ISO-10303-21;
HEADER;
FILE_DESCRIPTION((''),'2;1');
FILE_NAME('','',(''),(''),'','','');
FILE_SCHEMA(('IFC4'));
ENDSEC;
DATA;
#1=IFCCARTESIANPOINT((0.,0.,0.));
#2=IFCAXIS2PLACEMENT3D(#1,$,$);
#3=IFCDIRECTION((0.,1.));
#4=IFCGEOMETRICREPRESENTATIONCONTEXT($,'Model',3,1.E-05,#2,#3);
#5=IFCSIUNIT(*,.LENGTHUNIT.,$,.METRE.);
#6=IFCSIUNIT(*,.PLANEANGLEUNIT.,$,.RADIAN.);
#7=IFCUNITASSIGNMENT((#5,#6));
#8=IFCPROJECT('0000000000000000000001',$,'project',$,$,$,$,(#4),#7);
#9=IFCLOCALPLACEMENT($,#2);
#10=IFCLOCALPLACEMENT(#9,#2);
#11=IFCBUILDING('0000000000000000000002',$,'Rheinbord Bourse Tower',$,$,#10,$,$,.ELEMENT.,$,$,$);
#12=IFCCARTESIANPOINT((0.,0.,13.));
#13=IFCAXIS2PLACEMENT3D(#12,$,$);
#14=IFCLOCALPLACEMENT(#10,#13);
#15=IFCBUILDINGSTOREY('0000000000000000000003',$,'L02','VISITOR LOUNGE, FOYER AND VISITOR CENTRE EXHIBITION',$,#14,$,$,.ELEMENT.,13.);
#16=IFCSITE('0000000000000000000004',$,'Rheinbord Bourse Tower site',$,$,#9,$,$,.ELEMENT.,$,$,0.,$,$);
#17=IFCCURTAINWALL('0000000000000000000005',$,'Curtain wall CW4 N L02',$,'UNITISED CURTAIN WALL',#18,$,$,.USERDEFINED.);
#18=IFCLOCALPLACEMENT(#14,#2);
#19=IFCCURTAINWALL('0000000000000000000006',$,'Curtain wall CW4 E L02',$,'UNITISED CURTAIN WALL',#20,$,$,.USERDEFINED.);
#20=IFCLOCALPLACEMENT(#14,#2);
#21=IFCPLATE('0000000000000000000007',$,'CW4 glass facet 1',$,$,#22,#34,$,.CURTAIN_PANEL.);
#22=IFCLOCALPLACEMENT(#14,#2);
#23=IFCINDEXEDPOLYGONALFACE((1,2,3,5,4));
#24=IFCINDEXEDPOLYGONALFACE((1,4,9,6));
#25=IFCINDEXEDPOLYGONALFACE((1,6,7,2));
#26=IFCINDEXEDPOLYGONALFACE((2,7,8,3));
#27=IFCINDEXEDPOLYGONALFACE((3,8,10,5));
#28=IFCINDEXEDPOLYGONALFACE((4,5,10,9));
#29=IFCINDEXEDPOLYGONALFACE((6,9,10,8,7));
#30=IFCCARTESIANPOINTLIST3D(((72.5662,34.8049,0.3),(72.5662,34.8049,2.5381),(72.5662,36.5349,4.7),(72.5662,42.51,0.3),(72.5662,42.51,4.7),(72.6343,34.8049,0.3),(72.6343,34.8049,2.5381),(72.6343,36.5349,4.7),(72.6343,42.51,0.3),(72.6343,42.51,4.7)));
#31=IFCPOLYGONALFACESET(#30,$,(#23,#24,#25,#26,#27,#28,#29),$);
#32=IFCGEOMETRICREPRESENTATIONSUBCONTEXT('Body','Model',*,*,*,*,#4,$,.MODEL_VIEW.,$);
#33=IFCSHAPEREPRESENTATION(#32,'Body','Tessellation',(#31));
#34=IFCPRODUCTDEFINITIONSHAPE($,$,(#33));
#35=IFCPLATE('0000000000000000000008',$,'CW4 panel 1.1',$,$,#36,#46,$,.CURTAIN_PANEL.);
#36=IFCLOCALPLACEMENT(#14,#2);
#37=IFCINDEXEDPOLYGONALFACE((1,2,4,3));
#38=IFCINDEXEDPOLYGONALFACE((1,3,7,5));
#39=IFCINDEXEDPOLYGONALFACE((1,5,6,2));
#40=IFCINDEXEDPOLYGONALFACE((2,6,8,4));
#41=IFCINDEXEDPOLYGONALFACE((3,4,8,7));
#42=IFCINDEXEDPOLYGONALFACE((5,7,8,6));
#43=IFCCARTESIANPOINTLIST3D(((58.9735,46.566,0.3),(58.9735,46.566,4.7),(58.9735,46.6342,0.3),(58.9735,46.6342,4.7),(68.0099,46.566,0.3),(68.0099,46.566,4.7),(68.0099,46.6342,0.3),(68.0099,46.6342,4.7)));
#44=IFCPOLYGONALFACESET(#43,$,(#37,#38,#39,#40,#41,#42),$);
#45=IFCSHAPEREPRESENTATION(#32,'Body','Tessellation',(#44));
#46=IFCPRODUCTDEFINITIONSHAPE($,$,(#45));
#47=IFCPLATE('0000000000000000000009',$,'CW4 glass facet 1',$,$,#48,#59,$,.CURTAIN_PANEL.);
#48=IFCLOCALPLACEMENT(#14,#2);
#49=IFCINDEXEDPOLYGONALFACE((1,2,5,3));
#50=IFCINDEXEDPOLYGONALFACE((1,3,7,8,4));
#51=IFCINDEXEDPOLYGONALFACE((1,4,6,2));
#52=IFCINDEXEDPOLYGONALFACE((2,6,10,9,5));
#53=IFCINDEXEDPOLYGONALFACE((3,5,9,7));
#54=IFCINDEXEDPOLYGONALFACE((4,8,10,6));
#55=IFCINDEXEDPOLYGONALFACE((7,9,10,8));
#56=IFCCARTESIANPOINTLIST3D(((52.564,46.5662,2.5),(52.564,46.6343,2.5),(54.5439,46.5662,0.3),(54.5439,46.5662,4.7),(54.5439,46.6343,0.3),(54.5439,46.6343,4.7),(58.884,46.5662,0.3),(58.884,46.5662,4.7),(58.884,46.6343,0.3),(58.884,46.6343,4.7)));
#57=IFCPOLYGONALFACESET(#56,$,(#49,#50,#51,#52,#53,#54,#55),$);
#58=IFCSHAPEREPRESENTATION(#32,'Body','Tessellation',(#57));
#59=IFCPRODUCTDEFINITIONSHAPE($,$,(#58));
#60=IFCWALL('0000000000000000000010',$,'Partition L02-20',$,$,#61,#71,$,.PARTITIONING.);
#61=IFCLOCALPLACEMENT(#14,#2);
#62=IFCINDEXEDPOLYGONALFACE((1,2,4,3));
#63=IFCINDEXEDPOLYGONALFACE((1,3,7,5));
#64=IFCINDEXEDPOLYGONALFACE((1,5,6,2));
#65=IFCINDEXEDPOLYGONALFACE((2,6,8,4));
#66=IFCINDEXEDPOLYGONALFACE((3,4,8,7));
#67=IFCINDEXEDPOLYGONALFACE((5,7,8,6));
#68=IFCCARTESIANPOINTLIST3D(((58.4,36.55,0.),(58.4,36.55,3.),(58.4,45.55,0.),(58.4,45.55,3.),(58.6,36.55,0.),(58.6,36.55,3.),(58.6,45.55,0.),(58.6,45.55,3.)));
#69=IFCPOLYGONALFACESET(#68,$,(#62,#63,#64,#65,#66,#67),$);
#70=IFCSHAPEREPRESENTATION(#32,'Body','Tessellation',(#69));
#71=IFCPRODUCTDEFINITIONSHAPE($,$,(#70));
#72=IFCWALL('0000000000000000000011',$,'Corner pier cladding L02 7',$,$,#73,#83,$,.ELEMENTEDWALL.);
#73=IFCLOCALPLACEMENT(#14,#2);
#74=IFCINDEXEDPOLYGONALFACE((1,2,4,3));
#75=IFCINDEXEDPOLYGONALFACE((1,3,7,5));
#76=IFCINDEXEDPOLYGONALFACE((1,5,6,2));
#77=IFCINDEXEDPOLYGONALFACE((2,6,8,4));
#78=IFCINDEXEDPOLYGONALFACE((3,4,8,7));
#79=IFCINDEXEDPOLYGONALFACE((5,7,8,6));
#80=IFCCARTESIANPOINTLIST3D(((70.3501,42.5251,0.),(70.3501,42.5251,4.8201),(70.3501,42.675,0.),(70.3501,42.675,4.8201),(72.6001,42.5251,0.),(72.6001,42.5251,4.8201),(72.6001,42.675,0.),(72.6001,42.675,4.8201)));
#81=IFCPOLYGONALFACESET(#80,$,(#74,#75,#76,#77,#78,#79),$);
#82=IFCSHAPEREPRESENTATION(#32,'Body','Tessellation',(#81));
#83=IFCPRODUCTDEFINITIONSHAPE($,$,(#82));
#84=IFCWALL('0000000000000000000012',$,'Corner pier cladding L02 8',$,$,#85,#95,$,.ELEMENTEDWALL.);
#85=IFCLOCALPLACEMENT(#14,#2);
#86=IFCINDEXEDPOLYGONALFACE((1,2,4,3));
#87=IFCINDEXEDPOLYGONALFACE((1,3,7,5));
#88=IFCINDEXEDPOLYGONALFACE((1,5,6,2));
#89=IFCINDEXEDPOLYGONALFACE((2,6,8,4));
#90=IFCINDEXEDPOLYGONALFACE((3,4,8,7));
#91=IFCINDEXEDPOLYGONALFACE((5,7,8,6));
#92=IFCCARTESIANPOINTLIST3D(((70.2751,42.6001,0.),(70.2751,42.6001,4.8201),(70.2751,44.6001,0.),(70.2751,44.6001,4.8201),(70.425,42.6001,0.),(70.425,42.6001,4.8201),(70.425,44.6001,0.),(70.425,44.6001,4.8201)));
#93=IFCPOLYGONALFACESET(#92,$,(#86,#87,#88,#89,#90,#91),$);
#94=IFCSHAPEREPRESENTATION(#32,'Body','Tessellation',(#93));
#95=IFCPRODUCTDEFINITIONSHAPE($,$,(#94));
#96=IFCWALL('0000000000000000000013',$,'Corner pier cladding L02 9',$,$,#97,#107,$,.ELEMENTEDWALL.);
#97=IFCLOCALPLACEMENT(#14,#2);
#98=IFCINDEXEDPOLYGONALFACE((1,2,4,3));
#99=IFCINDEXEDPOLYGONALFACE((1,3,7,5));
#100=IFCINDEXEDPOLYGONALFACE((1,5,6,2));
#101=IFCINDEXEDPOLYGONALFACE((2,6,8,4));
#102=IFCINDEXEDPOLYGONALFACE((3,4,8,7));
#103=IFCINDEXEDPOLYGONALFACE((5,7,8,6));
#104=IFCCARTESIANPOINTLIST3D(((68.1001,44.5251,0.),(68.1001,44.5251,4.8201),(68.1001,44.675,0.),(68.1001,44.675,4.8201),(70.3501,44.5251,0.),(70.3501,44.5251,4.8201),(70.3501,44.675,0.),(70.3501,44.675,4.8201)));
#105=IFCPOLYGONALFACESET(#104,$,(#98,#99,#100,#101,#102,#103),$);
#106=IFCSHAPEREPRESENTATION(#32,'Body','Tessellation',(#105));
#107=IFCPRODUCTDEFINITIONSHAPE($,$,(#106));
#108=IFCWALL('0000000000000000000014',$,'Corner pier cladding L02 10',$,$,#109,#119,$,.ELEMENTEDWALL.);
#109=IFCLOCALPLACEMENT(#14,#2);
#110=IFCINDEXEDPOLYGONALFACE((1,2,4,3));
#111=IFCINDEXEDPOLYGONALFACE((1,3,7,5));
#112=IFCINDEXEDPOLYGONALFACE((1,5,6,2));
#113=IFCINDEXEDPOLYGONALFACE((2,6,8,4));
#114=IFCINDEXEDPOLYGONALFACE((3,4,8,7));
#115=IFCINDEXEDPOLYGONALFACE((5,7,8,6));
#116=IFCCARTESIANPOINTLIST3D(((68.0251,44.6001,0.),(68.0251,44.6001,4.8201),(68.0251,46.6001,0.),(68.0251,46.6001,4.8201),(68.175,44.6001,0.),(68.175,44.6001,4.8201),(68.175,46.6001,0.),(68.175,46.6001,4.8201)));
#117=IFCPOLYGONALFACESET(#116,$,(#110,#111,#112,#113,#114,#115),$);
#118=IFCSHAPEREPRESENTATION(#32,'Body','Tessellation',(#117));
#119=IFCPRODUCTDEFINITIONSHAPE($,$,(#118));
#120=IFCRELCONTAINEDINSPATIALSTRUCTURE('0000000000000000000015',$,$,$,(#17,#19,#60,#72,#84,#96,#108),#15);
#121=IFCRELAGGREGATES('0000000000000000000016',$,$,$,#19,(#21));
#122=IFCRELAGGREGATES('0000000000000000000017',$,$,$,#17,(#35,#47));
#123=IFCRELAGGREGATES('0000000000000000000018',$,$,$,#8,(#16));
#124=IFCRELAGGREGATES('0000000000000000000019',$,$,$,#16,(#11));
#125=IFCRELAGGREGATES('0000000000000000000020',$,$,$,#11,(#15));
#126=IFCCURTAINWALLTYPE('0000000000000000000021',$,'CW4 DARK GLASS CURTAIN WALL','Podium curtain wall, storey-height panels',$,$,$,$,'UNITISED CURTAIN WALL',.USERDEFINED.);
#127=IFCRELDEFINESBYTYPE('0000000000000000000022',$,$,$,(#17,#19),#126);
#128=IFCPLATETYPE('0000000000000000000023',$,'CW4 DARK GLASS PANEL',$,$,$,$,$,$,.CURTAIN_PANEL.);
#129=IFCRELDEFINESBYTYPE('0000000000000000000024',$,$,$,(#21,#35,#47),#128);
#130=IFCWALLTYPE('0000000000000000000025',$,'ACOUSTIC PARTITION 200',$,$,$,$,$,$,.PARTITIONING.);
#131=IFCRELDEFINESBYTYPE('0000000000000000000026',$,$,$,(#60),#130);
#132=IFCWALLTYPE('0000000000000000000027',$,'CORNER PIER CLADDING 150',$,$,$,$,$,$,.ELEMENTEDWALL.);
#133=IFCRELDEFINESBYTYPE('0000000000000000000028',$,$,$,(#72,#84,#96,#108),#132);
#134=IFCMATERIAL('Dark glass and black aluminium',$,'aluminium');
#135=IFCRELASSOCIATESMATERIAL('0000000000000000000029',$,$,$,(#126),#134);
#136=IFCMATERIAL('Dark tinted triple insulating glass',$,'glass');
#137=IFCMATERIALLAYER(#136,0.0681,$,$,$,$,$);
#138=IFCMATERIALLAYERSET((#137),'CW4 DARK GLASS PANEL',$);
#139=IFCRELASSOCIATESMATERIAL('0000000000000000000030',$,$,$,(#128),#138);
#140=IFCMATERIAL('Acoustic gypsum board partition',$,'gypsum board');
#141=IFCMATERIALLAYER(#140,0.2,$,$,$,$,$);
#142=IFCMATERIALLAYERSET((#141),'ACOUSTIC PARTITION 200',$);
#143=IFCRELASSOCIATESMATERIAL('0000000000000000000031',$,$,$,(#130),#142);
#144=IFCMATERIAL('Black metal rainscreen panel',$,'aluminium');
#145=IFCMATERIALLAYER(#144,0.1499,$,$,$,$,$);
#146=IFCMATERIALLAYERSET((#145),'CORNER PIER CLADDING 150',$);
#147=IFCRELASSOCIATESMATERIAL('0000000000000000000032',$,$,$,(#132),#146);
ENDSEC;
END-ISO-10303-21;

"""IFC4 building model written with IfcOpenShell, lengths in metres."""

from ifc_helpers import new_model, si_unit, direction, frame, frame_2d, origin, origin_2d, place, context, subcontext, project, spatial, polyline, rectangle, outline, extrude, material, layer, layer_set, type_object, element, aggregate, save


model = new_model("IFC4")

# Units and contexts
model_context = context("Model", 3, precision=1e-05, world=origin(), true_north=direction((0.0, 1.0)))
body_context = subcontext(model_context, "Body", "Model", "MODEL_VIEW")
ifc_project = project(units=[si_unit("LENGTHUNIT", "METRE"), si_unit("PLANEANGLEUNIT", "RADIAN")], contexts=[model_context])

# Site, building, storey
site_placement = place(None, origin())
site = spatial("IfcSite", under=ifc_project, at=site_placement, Name="Rheinbord Bourse Tower site", CompositionType="ELEMENT", RefElevation=0.0)
building_placement = place(site_placement, origin())
building = spatial("IfcBuilding", under=site, at=building_placement, Name="Rheinbord Bourse Tower", CompositionType="ELEMENT")
storey_placement = place(building_placement, frame((0.0, 0.0, 13.0)))
storey = spatial("IfcBuildingStorey", under=building, at=storey_placement, Name="L02", Description="VISITOR LOUNGE, FOYER AND VISITOR CENTRE EXHIBITION", CompositionType="ELEMENT", Elevation=13.0)

# Curtain walls
ifc_material_1 = material(Name="Dark glass and black aluminium", Category="aluminium")
curtain_wall_type = type_object("IfcCurtainWallType", Name="CW4 DARK GLASS CURTAIN WALL", Description="Podium curtain wall, storey-height panels", ElementType="UNITISED CURTAIN WALL", PredefinedType="USERDEFINED", material=ifc_material_1)
curtain_wall_1_placement = place(storey_placement, origin())
curtain_wall_1 = element("IfcCurtainWall", 1, at=curtain_wall_1_placement, inside=storey, type_object=curtain_wall_type, Name="Curtain wall CW4 N L02", ObjectType="UNITISED CURTAIN WALL", PredefinedType="USERDEFINED")
curtain_wall_2_placement = place(storey_placement, origin())
curtain_wall_2 = element("IfcCurtainWall", 2, at=curtain_wall_2_placement, inside=storey, type_object=curtain_wall_type, Name="Curtain wall CW4 E L02", ObjectType="UNITISED CURTAIN WALL", PredefinedType="USERDEFINED")

# Plates
ifc_material_2 = material(Name="Dark tinted triple insulating glass", Category="glass")
ifc_layer_1 = layer(ifc_material_2, 0.0681)
ifc_layer_set_1 = layer_set([ifc_layer_1], Name="CW4 DARK GLASS PANEL")
plate_type = type_object("IfcPlateType", Name="CW4 DARK GLASS PANEL", PredefinedType="CURTAIN_PANEL", material=ifc_layer_set_1)
plate_1_placement = place(storey_placement, frame((72.6343, 42.51, 4.7), z_axis=(-1.0, 0.0, 0.0), x_axis=(0.0, 0.0, -1.0)))
plate_1 = element("IfcPlate", 3, at=plate_1_placement, type_object=plate_type, Name="CW4 glass facet 1", PredefinedType="CURTAIN_PANEL", context=body_context, shape_type="SweptSolid", body=[
    extrude(outline(polyline([(0.0, 0.0), (4.3999, 0.0), (4.3999, 7.7051), (2.1619, 7.7051), (0.0, 5.9751), (0.0, 0.0)])), origin(), (0.0, 0.0, 1.0), 0.0681),
])
aggregate(curtain_wall_2, [plate_1])
plate_2_placement = place(storey_placement, frame((63.4917, 46.6001, 0.3), z_axis=(0.0, 0.0, 1.0), x_axis=(-1.0, 0.0, 0.0)))
plate_2 = element("IfcPlate", 4, at=plate_2_placement, type_object=plate_type, Name="CW4 panel 1.1", PredefinedType="CURTAIN_PANEL", context=body_context, shape_type="SweptSolid", body=[
    extrude(rectangle(XDim=9.0364, YDim=0.0681, at=origin_2d()), origin(), (0.0, 0.0, 1.0), 4.3999),
])
plate_3_placement = place(storey_placement, frame((58.884, 46.6343, 0.3), z_axis=(0.0, -1.0, 0.0), x_axis=(0.0, 0.0, 1.0)))
plate_3 = element("IfcPlate", 5, at=plate_3_placement, type_object=plate_type, Name="CW4 glass facet 1", PredefinedType="CURTAIN_PANEL", context=body_context, shape_type="SweptSolid", body=[
    extrude(outline(polyline([(0.0, 0.0), (4.3999, 0.0), (4.3999, 4.3401), (2.2, 6.3201), (0.0, 4.3401), (0.0, 0.0)])), origin(), (0.0, 0.0, 1.0), 0.0681),
])
aggregate(curtain_wall_1, [plate_2, plate_3])

# Walls
ifc_material_3 = material(Name="Acoustic gypsum board partition", Category="gypsum board")
ifc_layer_2 = layer(ifc_material_3, 0.2)
ifc_layer_set_2 = layer_set([ifc_layer_2], Name="ACOUSTIC PARTITION 200")
wall_type_1 = type_object("IfcWallType", Name="ACOUSTIC PARTITION 200", PredefinedType="PARTITIONING", material=ifc_layer_set_2)
wall_1_placement = place(storey_placement, frame((58.5, 36.55, 0.0), z_axis=(0.0, 0.0, 1.0), x_axis=(0.0, 1.0, 0.0)))
element("IfcWall", 6, at=wall_1_placement, inside=storey, type_object=wall_type_1, Name="Partition L02-20", PredefinedType="PARTITIONING", context=body_context, shape_type="SweptSolid", body=[
    extrude(rectangle(XDim=9.0, YDim=0.2, at=frame_2d((4.5, 0.0))), origin(), (0.0, 0.0, 1.0), 3.0),
])
ifc_material_4 = material(Name="Black metal rainscreen panel", Category="aluminium")
ifc_layer_3 = layer(ifc_material_4, 0.1499)
ifc_layer_set_3 = layer_set([ifc_layer_3], Name="CORNER PIER CLADDING 150")
wall_type_2 = type_object("IfcWallType", Name="CORNER PIER CLADDING 150", PredefinedType="ELEMENTEDWALL", material=ifc_layer_set_3)
wall_2_placement = place(storey_placement, frame((72.6001, 42.6001, 0.0), z_axis=(0.0, 0.0, 1.0), x_axis=(-1.0, 0.0, 0.0)))
element("IfcWall", 7, at=wall_2_placement, inside=storey, type_object=wall_type_2, Name="Corner pier cladding L02 7", PredefinedType="ELEMENTEDWALL", context=body_context, shape_type="SweptSolid", body=[
    extrude(rectangle(XDim=2.25, YDim=0.1499, at=frame_2d((1.125, 0.0))), origin(), (0.0, 0.0, 1.0), 4.8201),
])
wall_3_placement = place(storey_placement, frame((70.3501, 42.6001, 0.0), z_axis=(0.0, 0.0, 1.0), x_axis=(0.0, 1.0, 0.0)))
element("IfcWall", 8, at=wall_3_placement, inside=storey, type_object=wall_type_2, Name="Corner pier cladding L02 8", PredefinedType="ELEMENTEDWALL", context=body_context, shape_type="SweptSolid", body=[
    extrude(rectangle(XDim=2.0, YDim=0.1499, at=frame_2d((1.0, 0.0))), origin(), (0.0, 0.0, 1.0), 4.8201),
])
wall_4_placement = place(storey_placement, frame((70.3501, 44.6001, 0.0), z_axis=(0.0, 0.0, 1.0), x_axis=(-1.0, 0.0, 0.0)))
element("IfcWall", 9, at=wall_4_placement, inside=storey, type_object=wall_type_2, Name="Corner pier cladding L02 9", PredefinedType="ELEMENTEDWALL", context=body_context, shape_type="SweptSolid", body=[
    extrude(rectangle(XDim=2.25, YDim=0.1499, at=frame_2d((1.125, 0.0))), origin(), (0.0, 0.0, 1.0), 4.8201),
])
wall_5_placement = place(storey_placement, frame((68.1001, 44.6001, 0.0), z_axis=(0.0, 0.0, 1.0), x_axis=(0.0, 1.0, 0.0)))
element("IfcWall", 10, at=wall_5_placement, inside=storey, type_object=wall_type_2, Name="Corner pier cladding L02 10", PredefinedType="ELEMENTEDWALL", context=body_context, shape_type="SweptSolid", body=[
    extrude(rectangle(XDim=2.0, YDim=0.1499, at=frame_2d((1.0, 0.0))), origin(), (0.0, 0.0, 1.0), 4.8201),
])

save(model, "model.ifc")
